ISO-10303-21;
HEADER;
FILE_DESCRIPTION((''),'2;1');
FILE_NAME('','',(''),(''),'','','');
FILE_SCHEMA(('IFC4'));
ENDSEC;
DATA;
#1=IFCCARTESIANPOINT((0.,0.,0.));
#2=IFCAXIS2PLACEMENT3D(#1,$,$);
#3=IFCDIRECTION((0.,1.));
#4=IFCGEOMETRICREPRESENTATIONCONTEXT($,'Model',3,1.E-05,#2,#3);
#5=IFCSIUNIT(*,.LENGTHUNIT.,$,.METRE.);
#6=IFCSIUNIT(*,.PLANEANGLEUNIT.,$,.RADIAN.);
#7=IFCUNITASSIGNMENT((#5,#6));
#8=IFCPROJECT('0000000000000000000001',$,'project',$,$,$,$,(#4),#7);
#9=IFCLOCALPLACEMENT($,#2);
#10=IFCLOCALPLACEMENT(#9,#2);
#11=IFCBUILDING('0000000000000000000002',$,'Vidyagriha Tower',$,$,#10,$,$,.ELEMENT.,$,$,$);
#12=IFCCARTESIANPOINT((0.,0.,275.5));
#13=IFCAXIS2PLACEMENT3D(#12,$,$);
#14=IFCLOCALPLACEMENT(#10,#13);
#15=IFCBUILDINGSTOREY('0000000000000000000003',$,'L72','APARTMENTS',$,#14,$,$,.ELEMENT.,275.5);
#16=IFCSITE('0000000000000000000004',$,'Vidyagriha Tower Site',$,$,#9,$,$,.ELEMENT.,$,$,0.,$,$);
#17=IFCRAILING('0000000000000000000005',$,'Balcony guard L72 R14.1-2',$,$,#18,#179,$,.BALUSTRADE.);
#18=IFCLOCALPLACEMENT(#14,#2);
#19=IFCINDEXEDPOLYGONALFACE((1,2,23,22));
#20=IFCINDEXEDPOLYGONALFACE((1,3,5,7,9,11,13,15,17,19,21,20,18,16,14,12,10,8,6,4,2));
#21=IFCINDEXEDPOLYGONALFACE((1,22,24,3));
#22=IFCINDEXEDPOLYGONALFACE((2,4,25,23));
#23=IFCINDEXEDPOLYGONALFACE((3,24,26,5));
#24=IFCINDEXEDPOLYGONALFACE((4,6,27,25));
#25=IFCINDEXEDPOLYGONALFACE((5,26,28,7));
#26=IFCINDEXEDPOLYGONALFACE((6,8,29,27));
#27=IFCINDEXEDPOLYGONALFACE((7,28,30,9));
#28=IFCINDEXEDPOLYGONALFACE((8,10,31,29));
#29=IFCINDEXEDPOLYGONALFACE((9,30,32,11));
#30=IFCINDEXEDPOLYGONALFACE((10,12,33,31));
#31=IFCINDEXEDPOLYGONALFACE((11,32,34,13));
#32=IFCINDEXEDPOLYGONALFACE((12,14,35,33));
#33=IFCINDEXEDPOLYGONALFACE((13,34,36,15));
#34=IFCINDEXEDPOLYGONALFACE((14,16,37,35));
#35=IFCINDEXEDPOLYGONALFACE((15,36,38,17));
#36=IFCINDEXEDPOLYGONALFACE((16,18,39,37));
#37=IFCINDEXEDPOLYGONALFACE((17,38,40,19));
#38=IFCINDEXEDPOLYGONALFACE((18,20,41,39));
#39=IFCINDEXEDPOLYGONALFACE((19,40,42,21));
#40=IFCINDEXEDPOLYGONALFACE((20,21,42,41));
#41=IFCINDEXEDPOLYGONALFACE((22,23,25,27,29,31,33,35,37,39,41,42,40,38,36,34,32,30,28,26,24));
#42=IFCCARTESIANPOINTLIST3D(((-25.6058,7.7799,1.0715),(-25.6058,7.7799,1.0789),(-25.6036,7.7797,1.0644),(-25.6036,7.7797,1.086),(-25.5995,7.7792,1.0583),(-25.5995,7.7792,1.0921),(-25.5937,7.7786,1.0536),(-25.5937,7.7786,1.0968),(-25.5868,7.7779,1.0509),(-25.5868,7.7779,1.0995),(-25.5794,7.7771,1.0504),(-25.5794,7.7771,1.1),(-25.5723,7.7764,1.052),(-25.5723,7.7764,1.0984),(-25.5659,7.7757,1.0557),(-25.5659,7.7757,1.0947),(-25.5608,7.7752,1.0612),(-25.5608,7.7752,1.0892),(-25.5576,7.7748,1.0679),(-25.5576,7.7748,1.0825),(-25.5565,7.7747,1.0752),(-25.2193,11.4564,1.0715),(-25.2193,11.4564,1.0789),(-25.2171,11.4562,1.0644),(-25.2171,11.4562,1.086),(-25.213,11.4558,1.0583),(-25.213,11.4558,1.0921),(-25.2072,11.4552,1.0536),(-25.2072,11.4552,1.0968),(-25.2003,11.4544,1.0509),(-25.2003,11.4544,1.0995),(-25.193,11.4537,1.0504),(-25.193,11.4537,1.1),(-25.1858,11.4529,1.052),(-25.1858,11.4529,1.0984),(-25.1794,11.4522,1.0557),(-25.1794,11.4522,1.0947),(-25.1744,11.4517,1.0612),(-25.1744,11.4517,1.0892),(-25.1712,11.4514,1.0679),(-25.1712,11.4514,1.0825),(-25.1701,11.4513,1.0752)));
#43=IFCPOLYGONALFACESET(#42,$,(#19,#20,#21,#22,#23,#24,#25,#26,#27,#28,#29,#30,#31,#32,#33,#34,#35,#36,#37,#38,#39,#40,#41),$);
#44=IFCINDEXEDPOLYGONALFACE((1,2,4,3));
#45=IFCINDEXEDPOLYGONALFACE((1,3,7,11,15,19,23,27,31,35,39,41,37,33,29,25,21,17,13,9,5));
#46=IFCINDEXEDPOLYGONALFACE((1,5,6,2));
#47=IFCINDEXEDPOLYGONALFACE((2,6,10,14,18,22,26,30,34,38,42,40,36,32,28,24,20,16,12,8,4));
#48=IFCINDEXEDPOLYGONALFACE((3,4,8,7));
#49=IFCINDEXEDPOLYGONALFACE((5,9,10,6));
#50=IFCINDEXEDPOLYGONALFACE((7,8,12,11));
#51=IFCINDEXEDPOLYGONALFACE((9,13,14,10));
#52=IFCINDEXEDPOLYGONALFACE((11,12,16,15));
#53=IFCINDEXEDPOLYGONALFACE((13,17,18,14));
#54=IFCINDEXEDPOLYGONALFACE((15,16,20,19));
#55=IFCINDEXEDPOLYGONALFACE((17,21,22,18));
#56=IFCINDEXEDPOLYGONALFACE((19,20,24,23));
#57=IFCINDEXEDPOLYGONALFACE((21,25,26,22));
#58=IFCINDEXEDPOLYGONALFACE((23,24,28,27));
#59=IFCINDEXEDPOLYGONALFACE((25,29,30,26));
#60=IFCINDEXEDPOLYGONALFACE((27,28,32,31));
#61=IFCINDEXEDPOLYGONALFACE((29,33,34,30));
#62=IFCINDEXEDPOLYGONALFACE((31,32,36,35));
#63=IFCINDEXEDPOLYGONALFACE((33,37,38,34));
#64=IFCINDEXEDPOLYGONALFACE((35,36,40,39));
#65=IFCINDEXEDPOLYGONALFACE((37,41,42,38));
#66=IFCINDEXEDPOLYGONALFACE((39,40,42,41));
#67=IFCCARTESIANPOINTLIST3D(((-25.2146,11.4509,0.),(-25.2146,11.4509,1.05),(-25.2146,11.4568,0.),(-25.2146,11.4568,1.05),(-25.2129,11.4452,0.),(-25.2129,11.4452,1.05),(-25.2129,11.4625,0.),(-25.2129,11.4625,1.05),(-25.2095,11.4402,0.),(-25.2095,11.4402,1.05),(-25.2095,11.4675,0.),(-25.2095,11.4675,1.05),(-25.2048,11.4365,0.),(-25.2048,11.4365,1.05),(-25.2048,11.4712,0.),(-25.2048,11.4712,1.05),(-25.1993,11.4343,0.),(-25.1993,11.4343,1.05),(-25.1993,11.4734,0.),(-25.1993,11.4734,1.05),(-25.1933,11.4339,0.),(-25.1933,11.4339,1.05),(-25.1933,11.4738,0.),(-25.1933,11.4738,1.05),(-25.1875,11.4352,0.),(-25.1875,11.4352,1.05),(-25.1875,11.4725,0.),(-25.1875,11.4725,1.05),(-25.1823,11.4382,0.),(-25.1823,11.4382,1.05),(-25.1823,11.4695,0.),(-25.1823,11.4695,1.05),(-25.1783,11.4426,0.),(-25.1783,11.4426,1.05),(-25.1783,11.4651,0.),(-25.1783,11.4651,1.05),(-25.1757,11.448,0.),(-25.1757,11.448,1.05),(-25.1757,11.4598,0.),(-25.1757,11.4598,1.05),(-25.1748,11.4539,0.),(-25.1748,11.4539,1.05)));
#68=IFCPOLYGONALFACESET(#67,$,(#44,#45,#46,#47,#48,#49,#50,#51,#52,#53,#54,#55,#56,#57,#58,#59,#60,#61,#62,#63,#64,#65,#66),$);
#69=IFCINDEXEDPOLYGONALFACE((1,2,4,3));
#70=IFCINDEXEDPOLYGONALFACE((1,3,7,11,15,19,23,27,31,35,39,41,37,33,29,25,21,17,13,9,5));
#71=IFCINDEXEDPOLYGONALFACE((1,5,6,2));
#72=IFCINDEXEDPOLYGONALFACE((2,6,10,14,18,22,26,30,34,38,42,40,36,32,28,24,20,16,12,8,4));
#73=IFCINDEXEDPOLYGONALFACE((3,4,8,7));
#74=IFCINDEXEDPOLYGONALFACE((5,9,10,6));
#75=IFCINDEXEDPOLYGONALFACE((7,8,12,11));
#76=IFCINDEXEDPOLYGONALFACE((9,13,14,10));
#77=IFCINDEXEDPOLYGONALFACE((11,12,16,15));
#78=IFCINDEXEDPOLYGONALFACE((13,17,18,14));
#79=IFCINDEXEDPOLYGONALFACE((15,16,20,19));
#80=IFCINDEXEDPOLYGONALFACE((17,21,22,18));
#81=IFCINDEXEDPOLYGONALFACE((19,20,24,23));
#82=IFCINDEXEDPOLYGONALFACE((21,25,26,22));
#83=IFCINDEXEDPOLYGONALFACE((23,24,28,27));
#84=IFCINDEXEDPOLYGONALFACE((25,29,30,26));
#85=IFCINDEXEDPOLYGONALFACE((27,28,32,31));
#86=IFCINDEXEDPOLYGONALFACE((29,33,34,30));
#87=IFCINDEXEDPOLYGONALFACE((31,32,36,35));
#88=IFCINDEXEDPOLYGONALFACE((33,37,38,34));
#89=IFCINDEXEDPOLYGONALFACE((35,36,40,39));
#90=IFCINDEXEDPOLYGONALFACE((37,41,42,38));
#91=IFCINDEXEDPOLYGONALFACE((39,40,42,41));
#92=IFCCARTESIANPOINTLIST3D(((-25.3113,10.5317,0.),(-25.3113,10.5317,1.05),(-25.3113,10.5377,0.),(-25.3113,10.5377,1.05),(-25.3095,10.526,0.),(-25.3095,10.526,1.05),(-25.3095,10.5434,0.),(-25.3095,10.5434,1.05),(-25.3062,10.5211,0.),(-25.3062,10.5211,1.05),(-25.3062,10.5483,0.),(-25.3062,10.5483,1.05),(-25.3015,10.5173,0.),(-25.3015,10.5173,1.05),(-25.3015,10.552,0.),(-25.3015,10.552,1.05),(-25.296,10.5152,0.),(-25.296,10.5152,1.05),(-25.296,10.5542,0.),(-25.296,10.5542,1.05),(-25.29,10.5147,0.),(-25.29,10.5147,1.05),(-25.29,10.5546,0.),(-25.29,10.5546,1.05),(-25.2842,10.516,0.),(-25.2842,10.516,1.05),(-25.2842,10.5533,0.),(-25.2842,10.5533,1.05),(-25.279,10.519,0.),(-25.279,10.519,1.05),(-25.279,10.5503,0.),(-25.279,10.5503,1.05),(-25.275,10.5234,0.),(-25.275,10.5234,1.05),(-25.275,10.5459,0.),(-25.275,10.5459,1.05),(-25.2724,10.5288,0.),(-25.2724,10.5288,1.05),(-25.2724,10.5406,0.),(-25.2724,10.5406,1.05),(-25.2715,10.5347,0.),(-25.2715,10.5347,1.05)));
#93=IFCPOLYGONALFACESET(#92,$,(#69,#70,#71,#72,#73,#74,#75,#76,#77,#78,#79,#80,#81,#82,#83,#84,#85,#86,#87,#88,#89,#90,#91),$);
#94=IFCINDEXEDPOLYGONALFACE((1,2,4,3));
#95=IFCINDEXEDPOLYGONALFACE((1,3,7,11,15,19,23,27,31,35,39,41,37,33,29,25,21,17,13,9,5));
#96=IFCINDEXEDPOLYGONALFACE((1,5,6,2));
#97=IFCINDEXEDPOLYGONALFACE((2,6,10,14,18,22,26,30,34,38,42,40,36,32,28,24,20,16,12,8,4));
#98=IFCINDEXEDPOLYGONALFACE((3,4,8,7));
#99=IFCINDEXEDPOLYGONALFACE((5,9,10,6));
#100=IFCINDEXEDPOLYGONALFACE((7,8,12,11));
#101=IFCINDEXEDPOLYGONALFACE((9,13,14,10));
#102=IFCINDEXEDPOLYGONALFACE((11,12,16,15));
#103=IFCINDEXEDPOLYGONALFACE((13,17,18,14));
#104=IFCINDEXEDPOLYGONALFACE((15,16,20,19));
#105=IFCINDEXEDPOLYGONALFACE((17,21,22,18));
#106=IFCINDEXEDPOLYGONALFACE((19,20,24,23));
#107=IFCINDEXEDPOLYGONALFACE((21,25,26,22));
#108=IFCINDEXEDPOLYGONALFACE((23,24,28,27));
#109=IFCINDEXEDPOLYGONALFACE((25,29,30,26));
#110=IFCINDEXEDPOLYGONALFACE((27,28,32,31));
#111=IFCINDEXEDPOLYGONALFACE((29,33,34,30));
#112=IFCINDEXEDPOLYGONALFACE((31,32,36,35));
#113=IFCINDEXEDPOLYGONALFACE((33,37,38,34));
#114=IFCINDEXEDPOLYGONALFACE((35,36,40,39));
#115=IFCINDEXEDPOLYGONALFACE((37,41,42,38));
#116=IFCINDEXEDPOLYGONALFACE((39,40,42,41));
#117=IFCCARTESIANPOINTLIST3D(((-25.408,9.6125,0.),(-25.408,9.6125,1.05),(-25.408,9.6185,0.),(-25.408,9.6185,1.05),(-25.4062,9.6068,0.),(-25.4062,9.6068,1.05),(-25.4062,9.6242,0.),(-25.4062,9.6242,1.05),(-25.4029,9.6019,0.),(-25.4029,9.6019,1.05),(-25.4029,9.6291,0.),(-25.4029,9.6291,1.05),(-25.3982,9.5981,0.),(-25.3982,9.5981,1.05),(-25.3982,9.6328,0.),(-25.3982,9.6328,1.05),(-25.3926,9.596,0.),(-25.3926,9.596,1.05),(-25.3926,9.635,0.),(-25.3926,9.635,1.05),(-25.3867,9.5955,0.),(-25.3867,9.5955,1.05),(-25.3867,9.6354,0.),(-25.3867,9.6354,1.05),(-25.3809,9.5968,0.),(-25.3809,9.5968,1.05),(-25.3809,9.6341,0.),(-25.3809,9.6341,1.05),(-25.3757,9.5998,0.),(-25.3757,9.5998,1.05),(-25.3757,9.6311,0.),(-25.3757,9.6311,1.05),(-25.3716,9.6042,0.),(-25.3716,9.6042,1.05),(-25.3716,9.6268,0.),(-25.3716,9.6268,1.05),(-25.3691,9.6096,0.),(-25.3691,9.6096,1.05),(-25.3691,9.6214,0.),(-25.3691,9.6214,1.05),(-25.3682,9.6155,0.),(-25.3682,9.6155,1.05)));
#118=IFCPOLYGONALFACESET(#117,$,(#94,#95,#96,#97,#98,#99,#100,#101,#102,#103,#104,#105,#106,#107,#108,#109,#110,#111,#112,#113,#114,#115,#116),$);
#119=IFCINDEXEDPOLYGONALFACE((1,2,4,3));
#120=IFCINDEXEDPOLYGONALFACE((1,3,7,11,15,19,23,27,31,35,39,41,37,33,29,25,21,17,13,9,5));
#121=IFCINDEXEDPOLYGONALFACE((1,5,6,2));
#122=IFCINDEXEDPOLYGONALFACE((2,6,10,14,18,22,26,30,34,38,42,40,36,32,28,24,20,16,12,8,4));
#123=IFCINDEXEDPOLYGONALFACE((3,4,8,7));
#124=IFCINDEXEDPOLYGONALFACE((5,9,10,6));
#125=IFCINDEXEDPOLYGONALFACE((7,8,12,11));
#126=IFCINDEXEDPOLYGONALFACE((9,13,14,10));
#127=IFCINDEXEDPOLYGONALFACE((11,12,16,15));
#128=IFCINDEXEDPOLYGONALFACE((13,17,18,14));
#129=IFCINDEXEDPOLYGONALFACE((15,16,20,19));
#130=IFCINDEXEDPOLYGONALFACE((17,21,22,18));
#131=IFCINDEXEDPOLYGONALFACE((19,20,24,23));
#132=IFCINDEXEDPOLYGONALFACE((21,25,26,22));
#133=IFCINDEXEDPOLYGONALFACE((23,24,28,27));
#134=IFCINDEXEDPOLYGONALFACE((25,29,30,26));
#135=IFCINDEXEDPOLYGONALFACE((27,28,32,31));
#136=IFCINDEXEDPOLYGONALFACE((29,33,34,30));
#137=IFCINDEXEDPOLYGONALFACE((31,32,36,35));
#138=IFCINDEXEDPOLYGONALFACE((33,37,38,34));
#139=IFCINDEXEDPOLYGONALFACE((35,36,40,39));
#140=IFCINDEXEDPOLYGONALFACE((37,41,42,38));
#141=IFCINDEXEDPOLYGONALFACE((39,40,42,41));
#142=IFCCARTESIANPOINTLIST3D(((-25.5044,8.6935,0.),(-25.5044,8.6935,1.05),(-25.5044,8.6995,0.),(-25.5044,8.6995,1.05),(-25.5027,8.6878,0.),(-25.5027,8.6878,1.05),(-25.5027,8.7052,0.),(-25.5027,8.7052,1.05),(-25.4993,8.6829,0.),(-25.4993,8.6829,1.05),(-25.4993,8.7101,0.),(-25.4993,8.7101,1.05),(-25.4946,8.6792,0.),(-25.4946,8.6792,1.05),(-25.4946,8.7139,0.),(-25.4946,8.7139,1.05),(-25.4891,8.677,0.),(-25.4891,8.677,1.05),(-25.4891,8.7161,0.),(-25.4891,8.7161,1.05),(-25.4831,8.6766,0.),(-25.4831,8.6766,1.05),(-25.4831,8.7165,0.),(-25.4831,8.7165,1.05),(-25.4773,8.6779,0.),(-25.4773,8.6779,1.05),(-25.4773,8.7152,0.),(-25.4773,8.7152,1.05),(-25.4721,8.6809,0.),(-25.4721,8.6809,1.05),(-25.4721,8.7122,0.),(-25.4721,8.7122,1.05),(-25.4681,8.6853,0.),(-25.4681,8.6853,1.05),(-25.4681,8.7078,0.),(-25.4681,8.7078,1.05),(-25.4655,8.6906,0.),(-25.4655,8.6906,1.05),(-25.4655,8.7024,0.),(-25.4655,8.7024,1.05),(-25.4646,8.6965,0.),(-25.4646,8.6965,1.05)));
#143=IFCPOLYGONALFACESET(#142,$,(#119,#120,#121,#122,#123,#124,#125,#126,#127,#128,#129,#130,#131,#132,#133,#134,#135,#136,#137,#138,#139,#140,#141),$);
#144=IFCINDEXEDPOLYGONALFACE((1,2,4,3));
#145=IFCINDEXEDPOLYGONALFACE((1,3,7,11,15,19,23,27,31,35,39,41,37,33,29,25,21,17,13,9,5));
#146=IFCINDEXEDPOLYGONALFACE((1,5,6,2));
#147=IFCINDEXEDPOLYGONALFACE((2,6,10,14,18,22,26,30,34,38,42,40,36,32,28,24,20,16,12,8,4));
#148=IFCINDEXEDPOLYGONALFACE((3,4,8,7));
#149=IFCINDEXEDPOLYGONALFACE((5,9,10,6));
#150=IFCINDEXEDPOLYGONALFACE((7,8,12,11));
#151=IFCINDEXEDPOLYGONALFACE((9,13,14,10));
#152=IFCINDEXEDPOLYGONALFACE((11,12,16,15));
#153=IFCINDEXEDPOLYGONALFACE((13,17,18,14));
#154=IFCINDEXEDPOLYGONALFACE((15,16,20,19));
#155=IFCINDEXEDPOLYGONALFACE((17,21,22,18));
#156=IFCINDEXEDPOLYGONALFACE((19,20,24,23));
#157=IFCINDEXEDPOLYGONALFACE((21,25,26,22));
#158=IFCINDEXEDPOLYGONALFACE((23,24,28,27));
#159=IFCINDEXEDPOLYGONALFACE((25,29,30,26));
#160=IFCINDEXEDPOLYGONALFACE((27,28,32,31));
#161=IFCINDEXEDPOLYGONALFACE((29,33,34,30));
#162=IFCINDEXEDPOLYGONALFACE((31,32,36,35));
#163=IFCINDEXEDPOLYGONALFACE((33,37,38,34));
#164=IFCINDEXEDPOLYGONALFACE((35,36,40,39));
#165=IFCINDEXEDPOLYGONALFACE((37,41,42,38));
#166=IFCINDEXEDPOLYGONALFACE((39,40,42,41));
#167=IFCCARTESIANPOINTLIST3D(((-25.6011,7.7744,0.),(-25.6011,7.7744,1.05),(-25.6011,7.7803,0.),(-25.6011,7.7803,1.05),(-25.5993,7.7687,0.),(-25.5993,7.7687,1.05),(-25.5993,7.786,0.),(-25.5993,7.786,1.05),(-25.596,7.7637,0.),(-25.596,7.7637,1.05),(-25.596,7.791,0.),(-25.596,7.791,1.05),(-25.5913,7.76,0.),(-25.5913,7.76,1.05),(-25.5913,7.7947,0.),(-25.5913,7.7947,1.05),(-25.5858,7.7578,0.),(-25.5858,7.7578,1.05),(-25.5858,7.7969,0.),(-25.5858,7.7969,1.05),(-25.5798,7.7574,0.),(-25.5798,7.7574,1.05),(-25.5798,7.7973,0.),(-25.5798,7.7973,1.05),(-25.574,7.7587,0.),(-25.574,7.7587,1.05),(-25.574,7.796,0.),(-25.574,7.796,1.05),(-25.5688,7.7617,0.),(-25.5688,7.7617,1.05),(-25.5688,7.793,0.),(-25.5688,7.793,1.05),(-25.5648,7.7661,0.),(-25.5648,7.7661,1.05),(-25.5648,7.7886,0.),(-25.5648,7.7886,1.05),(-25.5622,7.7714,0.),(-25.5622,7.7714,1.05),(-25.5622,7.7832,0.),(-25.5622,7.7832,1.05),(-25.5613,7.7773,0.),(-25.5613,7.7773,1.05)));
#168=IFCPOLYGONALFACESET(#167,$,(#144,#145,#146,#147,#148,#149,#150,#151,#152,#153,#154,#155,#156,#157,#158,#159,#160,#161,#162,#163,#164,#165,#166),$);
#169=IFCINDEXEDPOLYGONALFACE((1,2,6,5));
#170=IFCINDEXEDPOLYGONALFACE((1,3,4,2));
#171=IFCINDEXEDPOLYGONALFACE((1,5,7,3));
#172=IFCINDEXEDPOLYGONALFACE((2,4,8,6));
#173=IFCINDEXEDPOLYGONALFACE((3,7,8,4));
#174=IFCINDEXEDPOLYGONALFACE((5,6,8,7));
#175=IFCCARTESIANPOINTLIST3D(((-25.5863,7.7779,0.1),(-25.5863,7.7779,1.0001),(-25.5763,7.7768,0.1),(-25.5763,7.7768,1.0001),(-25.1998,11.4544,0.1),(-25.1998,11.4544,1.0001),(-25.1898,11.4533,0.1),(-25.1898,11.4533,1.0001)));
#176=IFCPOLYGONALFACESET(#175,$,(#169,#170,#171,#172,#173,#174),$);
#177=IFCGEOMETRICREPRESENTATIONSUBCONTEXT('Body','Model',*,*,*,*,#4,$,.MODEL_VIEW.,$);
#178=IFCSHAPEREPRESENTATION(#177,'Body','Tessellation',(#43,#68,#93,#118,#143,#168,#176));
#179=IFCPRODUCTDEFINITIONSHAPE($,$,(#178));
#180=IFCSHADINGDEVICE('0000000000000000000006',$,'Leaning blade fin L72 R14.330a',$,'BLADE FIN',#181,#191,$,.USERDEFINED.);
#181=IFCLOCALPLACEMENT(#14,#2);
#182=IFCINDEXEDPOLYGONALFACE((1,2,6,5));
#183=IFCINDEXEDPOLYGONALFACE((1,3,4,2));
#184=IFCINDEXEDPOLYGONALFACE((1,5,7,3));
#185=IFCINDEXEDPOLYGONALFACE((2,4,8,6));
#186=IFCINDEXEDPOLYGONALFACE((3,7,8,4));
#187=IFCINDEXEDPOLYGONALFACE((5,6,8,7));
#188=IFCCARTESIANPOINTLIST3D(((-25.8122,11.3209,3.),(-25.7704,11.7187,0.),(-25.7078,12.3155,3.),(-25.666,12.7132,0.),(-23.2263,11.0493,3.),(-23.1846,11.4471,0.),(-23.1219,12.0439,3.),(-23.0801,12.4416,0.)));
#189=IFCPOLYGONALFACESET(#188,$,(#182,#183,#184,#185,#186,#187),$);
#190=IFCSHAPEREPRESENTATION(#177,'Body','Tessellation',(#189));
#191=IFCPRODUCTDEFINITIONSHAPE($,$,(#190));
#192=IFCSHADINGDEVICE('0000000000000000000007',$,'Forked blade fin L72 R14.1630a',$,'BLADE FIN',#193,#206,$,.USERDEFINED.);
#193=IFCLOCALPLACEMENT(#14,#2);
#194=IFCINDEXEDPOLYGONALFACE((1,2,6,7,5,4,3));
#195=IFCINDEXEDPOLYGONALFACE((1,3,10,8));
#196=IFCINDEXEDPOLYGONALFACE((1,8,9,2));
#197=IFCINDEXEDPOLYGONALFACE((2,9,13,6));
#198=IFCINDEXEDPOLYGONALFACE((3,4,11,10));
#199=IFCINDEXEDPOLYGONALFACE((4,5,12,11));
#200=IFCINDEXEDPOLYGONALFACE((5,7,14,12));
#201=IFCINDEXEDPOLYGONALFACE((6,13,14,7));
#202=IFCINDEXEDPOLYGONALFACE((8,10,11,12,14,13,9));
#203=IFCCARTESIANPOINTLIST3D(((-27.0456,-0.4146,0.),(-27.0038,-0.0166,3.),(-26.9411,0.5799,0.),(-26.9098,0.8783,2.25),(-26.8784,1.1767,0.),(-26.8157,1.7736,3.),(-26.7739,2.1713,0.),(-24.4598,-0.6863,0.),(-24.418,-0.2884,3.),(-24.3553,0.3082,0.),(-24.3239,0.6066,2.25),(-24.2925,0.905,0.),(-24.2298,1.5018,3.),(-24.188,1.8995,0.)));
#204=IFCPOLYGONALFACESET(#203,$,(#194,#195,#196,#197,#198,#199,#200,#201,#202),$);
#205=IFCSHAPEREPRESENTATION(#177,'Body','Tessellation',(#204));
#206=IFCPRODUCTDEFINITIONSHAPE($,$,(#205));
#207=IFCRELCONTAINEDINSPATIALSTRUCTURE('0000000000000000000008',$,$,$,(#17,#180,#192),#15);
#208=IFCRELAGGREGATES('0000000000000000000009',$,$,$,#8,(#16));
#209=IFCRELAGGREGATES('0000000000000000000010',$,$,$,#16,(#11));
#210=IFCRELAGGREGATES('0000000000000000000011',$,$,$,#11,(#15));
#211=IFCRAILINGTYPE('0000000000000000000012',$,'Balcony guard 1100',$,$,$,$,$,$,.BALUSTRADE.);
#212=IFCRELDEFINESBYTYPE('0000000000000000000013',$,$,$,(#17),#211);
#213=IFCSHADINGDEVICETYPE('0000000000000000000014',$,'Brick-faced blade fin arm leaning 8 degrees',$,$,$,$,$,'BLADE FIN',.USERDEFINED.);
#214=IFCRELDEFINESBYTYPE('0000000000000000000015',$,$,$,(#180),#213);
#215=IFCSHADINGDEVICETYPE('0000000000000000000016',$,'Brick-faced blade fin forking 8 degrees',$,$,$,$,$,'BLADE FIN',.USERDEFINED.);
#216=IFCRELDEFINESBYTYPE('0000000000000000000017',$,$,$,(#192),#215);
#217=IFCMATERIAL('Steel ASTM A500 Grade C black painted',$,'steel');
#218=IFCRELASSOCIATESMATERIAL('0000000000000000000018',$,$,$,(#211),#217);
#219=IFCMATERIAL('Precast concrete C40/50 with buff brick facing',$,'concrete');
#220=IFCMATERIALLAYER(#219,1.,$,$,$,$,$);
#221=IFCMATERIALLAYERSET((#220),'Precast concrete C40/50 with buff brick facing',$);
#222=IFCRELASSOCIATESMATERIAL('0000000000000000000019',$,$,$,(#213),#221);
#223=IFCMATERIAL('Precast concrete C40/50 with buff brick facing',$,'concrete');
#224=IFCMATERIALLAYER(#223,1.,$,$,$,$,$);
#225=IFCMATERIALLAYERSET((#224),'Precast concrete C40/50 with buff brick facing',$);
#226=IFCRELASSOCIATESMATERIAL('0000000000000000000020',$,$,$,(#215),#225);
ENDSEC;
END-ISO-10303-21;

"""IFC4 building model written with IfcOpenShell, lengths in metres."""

from ifc_helpers import new_model, si_unit, direction, frame, origin, origin_2d, place, context, subcontext, project, spatial, polyline, rectangle, circle, outline, extrude, material, layer, layer_set, type_object, element, save


model = new_model("IFC4")

# Units and contexts
model_context = context("Model", 3, precision=1e-05, world=origin(), true_north=direction((0.0, 1.0)))
body_context = subcontext(model_context, "Body", "Model", "MODEL_VIEW")
ifc_project = project(units=[si_unit("LENGTHUNIT", "METRE"), si_unit("PLANEANGLEUNIT", "RADIAN")], contexts=[model_context])

# Site, building, storey
site_placement = place(None, origin())
site = spatial("IfcSite", under=ifc_project, at=site_placement, Name="Vidyagriha Tower Site", CompositionType="ELEMENT", RefElevation=0.0)
building_placement = place(site_placement, origin())
building = spatial("IfcBuilding", under=site, at=building_placement, Name="Vidyagriha Tower", CompositionType="ELEMENT")
storey_placement = place(building_placement, frame((0.0, 0.0, 275.5)))
storey = spatial("IfcBuildingStorey", under=building, at=storey_placement, Name="L72", Description="APARTMENTS", CompositionType="ELEMENT", Elevation=275.5)

# Railing
ifc_material_1 = material(Name="Steel ASTM A500 Grade C black painted", Category="steel")
railing_type_1 = type_object("IfcRailingType", Name="Balcony guard 1100", PredefinedType="BALUSTRADE", material=ifc_material_1)
railing_1_placement = place(storey_placement, frame((-25.1948, 11.4539, 0.0)))
element("IfcRailing", 1, at=railing_1_placement, inside=storey, type_object=railing_type_1, Name="Balcony guard L72 R14.1-2", PredefinedType="BALUSTRADE", context=body_context, shape_type="SweptSolid", body=[
    extrude(circle(Radius=0.0249, at=origin_2d()), frame((0.0, 0.0, 1.0752), z_axis=(-0.104544, -0.99452, 0.0), x_axis=(0.99452, -0.104544, 0.0)), (0.0, 0.0, 1.0), 3.6968),
    extrude(circle(Radius=0.02, at=origin_2d()), origin(), (0.0, 0.0, 1.0), 1.05),
    extrude(circle(Radius=0.02, at=origin_2d()), frame((-0.0967, -0.9192, 0.0)), (0.0, 0.0, 1.0), 1.05),
    extrude(circle(Radius=0.02, at=origin_2d()), frame((-0.1934, -1.8384, 0.0)), (0.0, 0.0, 1.0), 1.05),
    extrude(circle(Radius=0.02, at=origin_2d()), frame((-0.2898, -2.7573, 0.0)), (0.0, 0.0, 1.0), 1.05),
    extrude(circle(Radius=0.02, at=origin_2d()), frame((-0.3865, -3.6765, 0.0)), (0.0, 0.0, 1.0), 1.05),
    extrude(rectangle(XDim=0.01, YDim=0.9001, at=origin_2d()), frame((0.0, 0.0, 0.55), z_axis=(-0.104544, -0.99452, 0.0), x_axis=(0.99452, -0.104544, 0.0)), (0.0, 0.0, 1.0), 3.6968),
])

# Shading devices
ifc_material_2 = material(Name="Precast concrete C40/50 with buff brick facing", Category="concrete")
ifc_layer_1 = layer(ifc_material_2, 1.0)
ifc_layer_set_1 = layer_set([ifc_layer_1], Name="Precast concrete C40/50 with buff brick facing")
shading_device_type_1 = type_object("IfcShadingDeviceType", Name="Brick-faced blade fin arm leaning 8 degrees", ElementType="BLADE FIN", PredefinedType="USERDEFINED", material=ifc_layer_set_1)
shading_device_1_placement = place(storey_placement, frame((-24.373, 12.5774, 0.0), z_axis=(0.0, 0.0, 1.0), x_axis=(-0.104458, -0.994529, 0.0)))
element("IfcShadingDevice", 2, at=shading_device_1_placement, inside=storey, type_object=shading_device_type_1, Name="Leaning blade fin L72 R14.330a", ObjectType="BLADE FIN", PredefinedType="USERDEFINED", context=body_context, shape_type="SweptSolid", body=[
    extrude(outline(polyline([(0.0, 0.0), (1.0, 0.0), (1.3999, 3.0), (0.3999, 3.0), (0.0, 0.0)])), frame((0.0, 1.3, 0.0), z_axis=(0.0, -1.0, 0.0), x_axis=(1.0, 0.0, 0.0)), (0.0, 0.0, 1.0), 2.6001),
])
ifc_material_3 = material(Name="Precast concrete C40/50 with buff brick facing", Category="concrete")
ifc_layer_2 = layer(ifc_material_3, 1.0)
ifc_layer_set_2 = layer_set([ifc_layer_2], Name="Precast concrete C40/50 with buff brick facing")
shading_device_type_2 = type_object("IfcShadingDeviceType", Name="Brick-faced blade fin forking 8 degrees", ElementType="BLADE FIN", PredefinedType="USERDEFINED", material=ifc_layer_set_2)
shading_device_2_placement = place(storey_placement, frame((-25.481, 2.0354, 0.0), z_axis=(0.0, 0.0, 1.0), x_axis=(-0.104514, -0.994523, 0.0)))
element("IfcShadingDevice", 3, at=shading_device_2_placement, inside=storey, type_object=shading_device_type_2, Name="Forked blade fin L72 R14.1630a", ObjectType="BLADE FIN", PredefinedType="USERDEFINED", context=body_context, shape_type="SweptSolid", body=[
    extrude(outline(polyline([(1.0, 0.0), (1.3, 2.25), (1.6001, 0.0), (2.6001, 0.0), (2.2, 3.0), (0.3999, 3.0), (0.0, 0.0), (1.0, 0.0)])), frame((0.0, 1.3, 0.0), z_axis=(0.0, -1.0, 0.0), x_axis=(1.0, 0.0, 0.0)), (0.0, 0.0, 1.0), 2.6001),
])

save(model, "model.ifc")
